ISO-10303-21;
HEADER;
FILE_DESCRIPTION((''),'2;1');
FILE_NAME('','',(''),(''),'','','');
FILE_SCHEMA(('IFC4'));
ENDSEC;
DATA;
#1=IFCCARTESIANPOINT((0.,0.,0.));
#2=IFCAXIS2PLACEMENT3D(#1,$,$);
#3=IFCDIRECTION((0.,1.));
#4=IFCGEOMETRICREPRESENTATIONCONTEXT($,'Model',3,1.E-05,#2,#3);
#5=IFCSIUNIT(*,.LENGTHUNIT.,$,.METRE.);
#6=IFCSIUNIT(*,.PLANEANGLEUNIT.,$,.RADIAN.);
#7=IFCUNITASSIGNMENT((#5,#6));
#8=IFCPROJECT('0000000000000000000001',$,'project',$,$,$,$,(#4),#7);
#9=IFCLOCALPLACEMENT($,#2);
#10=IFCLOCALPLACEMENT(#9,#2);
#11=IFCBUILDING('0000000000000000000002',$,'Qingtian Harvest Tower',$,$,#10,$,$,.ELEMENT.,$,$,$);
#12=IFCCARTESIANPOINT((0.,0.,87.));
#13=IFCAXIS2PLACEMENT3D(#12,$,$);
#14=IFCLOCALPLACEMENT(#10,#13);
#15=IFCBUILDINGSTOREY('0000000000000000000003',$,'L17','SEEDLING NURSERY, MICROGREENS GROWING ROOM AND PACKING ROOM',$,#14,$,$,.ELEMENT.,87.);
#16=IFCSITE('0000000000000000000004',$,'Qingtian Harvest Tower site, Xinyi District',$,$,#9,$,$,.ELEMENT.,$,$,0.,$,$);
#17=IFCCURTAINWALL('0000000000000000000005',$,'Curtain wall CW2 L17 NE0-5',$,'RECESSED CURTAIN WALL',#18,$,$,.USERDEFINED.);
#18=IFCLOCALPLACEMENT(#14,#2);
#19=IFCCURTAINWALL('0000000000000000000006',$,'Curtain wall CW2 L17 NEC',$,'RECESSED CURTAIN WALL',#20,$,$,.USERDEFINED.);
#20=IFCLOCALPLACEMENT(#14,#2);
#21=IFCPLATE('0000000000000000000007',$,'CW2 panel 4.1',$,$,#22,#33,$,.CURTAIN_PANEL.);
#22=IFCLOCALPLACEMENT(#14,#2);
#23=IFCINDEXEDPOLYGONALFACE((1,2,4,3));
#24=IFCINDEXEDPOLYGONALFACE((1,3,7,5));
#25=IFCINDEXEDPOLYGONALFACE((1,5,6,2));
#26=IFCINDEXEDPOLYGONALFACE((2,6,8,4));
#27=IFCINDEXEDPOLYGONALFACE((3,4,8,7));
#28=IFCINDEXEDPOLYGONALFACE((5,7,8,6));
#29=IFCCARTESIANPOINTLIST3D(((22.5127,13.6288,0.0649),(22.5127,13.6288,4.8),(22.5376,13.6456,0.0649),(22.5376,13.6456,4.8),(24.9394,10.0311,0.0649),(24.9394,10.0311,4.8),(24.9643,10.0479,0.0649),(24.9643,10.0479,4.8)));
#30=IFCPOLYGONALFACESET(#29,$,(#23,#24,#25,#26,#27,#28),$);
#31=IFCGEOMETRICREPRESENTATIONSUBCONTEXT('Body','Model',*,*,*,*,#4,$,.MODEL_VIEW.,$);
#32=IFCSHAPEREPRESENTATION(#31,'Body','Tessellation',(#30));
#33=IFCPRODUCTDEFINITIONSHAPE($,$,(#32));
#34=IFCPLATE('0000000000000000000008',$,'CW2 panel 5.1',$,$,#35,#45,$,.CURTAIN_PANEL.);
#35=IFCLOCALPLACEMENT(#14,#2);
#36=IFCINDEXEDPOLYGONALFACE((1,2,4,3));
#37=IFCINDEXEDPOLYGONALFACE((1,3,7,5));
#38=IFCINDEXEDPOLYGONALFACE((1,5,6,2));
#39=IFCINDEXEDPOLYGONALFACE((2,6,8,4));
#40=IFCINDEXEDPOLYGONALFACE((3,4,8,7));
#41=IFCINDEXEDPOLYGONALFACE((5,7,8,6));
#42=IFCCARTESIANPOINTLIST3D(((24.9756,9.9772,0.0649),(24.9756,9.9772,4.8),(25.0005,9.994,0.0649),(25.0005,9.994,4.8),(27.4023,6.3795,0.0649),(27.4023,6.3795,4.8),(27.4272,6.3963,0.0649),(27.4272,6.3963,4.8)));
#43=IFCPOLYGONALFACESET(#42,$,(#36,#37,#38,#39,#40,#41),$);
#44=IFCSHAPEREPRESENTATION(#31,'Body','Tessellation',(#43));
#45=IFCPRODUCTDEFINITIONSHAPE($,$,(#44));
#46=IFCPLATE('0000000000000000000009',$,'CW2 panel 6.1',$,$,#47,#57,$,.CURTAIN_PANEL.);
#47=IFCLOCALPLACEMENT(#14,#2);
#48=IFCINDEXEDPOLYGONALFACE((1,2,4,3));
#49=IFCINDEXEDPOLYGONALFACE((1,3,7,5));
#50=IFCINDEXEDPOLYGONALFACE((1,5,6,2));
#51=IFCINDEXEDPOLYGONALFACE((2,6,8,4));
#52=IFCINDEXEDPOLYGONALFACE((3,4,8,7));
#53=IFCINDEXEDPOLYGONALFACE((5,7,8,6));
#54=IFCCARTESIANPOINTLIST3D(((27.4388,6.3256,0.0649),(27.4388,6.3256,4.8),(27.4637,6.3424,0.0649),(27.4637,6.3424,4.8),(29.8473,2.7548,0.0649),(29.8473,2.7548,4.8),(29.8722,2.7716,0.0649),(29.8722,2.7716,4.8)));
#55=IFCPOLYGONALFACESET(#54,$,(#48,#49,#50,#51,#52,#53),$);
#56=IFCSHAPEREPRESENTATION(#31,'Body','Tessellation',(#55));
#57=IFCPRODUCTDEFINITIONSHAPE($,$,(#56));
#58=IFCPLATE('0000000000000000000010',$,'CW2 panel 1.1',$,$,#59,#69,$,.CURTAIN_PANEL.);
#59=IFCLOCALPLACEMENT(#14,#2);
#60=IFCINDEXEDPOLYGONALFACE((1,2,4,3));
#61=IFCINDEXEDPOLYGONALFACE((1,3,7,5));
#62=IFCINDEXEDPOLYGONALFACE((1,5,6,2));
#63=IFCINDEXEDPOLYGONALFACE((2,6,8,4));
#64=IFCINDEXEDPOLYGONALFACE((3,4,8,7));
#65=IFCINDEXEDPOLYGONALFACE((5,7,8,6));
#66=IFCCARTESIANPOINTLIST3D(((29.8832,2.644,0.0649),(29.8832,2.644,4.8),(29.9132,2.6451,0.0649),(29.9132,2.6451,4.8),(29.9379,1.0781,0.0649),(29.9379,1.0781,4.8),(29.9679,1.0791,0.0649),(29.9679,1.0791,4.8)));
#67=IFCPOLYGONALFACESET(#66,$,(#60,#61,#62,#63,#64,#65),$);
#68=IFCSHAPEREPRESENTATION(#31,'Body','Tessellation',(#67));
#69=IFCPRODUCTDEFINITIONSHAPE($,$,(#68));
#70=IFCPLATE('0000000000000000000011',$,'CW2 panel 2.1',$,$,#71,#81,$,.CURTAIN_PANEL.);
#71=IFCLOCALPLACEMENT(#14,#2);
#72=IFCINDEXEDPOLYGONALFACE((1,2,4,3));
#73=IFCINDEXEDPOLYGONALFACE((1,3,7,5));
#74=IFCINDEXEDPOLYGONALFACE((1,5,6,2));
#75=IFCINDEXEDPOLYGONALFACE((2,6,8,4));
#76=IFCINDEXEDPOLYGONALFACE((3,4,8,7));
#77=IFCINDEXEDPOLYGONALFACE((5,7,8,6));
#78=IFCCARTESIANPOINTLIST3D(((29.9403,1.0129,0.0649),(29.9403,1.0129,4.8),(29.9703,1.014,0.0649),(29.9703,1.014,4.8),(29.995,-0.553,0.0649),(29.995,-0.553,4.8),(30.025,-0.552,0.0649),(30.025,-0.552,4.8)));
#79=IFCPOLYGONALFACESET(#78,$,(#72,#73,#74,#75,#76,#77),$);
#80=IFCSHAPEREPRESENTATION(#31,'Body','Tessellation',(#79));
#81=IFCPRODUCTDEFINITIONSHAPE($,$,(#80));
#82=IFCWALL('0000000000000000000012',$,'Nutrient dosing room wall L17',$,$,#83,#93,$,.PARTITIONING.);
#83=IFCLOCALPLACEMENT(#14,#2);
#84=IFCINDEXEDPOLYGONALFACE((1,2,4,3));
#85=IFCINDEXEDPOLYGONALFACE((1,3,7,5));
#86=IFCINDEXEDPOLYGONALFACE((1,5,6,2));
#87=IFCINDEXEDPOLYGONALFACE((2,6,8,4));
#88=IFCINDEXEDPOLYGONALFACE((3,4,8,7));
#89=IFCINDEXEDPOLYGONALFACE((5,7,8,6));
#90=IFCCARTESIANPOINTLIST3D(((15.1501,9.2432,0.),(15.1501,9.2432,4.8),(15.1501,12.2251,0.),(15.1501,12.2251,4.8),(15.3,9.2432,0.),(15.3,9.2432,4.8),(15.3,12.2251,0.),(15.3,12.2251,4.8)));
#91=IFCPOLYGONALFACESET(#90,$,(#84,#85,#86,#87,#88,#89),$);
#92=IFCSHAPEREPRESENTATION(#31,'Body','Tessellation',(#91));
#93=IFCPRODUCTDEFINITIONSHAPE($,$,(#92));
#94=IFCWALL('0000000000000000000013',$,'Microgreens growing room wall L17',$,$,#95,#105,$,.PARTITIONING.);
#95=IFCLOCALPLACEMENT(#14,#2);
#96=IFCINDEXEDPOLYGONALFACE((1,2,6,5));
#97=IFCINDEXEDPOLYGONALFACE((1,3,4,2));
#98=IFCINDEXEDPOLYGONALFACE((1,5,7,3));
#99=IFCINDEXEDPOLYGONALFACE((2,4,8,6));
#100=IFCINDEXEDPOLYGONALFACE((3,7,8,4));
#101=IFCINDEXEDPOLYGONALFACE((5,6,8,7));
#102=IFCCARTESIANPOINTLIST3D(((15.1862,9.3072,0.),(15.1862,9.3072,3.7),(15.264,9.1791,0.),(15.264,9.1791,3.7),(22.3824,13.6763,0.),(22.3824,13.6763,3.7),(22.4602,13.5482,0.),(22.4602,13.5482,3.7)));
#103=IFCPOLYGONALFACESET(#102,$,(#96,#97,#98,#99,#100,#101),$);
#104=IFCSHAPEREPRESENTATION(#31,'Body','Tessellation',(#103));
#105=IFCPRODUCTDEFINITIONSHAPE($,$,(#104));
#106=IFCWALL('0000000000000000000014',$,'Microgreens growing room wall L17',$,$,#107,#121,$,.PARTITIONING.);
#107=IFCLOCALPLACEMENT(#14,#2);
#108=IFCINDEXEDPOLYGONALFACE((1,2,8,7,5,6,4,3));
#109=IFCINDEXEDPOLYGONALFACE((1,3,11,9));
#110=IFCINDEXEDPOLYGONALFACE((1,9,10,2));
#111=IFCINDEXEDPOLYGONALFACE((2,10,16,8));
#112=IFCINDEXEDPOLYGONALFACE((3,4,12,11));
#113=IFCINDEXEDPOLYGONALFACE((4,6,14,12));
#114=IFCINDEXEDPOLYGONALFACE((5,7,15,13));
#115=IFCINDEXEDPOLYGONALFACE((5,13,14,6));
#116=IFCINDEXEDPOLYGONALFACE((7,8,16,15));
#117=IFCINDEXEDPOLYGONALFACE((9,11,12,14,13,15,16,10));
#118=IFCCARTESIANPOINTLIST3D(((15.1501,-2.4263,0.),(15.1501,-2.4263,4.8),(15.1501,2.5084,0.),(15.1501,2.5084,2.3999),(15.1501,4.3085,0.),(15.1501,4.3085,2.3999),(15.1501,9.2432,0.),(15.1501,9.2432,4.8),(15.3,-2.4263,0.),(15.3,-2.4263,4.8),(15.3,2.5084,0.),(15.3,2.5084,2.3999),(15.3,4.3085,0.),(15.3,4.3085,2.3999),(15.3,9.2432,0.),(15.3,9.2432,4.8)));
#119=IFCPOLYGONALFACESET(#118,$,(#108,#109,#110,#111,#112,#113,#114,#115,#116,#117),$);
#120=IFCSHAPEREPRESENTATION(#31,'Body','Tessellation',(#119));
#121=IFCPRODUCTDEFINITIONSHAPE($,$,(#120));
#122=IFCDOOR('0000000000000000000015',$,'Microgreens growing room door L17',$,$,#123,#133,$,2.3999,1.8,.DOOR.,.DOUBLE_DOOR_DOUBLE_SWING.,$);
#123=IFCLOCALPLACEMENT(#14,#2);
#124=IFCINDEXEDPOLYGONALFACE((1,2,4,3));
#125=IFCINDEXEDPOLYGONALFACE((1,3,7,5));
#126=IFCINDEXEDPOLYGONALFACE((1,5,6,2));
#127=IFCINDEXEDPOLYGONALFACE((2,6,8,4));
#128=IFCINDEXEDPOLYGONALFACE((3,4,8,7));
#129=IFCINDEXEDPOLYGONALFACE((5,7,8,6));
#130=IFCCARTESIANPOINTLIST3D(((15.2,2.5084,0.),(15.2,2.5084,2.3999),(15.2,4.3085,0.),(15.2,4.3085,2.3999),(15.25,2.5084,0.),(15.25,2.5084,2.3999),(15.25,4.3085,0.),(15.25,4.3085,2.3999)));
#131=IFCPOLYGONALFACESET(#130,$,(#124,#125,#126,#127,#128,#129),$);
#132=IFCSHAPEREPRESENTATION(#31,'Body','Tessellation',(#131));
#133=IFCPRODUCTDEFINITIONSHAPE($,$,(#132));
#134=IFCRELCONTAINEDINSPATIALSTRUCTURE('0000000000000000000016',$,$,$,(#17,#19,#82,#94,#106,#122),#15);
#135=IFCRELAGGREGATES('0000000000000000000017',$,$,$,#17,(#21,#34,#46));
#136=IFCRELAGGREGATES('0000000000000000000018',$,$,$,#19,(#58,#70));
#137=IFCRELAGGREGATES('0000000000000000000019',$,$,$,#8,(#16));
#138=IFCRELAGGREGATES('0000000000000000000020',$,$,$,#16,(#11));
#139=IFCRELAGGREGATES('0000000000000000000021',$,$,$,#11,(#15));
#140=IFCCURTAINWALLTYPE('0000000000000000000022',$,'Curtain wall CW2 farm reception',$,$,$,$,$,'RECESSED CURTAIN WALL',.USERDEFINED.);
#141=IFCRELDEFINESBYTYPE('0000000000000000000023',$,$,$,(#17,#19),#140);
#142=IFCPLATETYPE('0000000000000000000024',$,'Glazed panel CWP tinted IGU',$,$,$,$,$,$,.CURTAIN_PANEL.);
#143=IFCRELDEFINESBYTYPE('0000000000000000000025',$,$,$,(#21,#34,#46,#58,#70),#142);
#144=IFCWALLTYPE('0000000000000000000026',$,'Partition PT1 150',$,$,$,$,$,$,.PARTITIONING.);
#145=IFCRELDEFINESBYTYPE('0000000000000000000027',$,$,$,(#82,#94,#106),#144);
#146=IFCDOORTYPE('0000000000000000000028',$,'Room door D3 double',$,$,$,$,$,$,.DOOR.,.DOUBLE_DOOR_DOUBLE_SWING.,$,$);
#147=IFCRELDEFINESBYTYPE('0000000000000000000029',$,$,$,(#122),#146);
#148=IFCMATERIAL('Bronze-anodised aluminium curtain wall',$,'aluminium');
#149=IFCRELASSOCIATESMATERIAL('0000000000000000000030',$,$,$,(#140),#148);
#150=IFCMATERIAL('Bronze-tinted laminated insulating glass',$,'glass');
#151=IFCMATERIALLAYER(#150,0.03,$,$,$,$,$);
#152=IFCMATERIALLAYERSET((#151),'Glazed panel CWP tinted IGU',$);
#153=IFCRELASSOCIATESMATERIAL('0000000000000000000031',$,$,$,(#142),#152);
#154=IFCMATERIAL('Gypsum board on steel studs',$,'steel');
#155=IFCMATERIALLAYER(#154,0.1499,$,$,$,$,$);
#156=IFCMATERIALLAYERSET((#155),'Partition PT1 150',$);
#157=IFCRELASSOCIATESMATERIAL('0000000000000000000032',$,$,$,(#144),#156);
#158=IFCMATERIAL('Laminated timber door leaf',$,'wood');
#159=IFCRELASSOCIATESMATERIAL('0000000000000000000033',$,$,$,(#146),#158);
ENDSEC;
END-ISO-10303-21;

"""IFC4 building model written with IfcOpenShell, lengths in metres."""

from ifc_helpers import new_model, si_unit, direction, frame, frame_2d, origin, origin_2d, place, context, subcontext, project, spatial, rectangle, extrude, material, layer, layer_set, type_object, element, fill, aggregate, save


model = new_model("IFC4")

# Units and contexts
model_context = context("Model", 3, precision=1e-05, world=origin(), true_north=direction((0.0, 1.0)))
body_context = subcontext(model_context, "Body", "Model", "MODEL_VIEW")
ifc_project = project(units=[si_unit("LENGTHUNIT", "METRE"), si_unit("PLANEANGLEUNIT", "RADIAN")], contexts=[model_context])

# Site, building, storey
site_placement = place(None, origin())
site = spatial("IfcSite", under=ifc_project, at=site_placement, Name="Qingtian Harvest Tower site, Xinyi District", CompositionType="ELEMENT", RefElevation=0.0)
building_placement = place(site_placement, origin())
building = spatial("IfcBuilding", under=site, at=building_placement, Name="Qingtian Harvest Tower", CompositionType="ELEMENT")
storey_placement = place(building_placement, frame((0.0, 0.0, 87.0)))
storey = spatial("IfcBuildingStorey", under=building, at=storey_placement, Name="L17", Description="SEEDLING NURSERY, MICROGREENS GROWING ROOM AND PACKING ROOM", CompositionType="ELEMENT", Elevation=87.0)

# Curtain walls
ifc_material_1 = material(Name="Bronze-anodised aluminium curtain wall", Category="aluminium")
curtain_wall_type = type_object("IfcCurtainWallType", Name="Curtain wall CW2 farm reception", ElementType="RECESSED CURTAIN WALL", PredefinedType="USERDEFINED", material=ifc_material_1)
curtain_wall_1_placement = place(storey_placement, origin())
curtain_wall_1 = element("IfcCurtainWall", 1, at=curtain_wall_1_placement, inside=storey, type_object=curtain_wall_type, Name="Curtain wall CW2 L17 NE0-5", ObjectType="RECESSED CURTAIN WALL", PredefinedType="USERDEFINED")
curtain_wall_2_placement = place(storey_placement, origin())
curtain_wall_2 = element("IfcCurtainWall", 2, at=curtain_wall_2_placement, inside=storey, type_object=curtain_wall_type, Name="Curtain wall CW2 L17 NEC", ObjectType="RECESSED CURTAIN WALL", PredefinedType="USERDEFINED")

# Plates
ifc_material_2 = material(Name="Bronze-tinted laminated insulating glass", Category="glass")
ifc_layer_1 = layer(ifc_material_2, 0.03)
ifc_layer_set_1 = layer_set([ifc_layer_1], Name="Glazed panel CWP tinted IGU")
plate_type = type_object("IfcPlateType", Name="Glazed panel CWP tinted IGU", PredefinedType="CURTAIN_PANEL", material=ifc_layer_set_1)
plate_1_placement = place(storey_placement, frame((23.7385, 11.8384, 0.0649), z_axis=(0.0, 0.0, 1.0), x_axis=(0.559193, -0.829038, 0.0)))
plate_1 = element("IfcPlate", 3, at=plate_1_placement, type_object=plate_type, Name="CW2 panel 4.1", PredefinedType="CURTAIN_PANEL", context=body_context, shape_type="SweptSolid", body=[
    extrude(rectangle(XDim=4.3396, YDim=0.03, at=origin_2d()), origin(), (0.0, 0.0, 1.0), 4.7351),
])
plate_2_placement = place(storey_placement, frame((26.2014, 8.1868, 0.0649), z_axis=(0.0, 0.0, 1.0), x_axis=(0.559193, -0.829038, 0.0)))
plate_2 = element("IfcPlate", 4, at=plate_2_placement, type_object=plate_type, Name="CW2 panel 5.1", PredefinedType="CURTAIN_PANEL", context=body_context, shape_type="SweptSolid", body=[
    extrude(rectangle(XDim=4.3396, YDim=0.03, at=origin_2d()), origin(), (0.0, 0.0, 1.0), 4.7351),
])
plate_3_placement = place(storey_placement, frame((28.6555, 4.5486, 0.0649), z_axis=(0.0, 0.0, 1.0), x_axis=(0.559193, -0.829038, 0.0)))
plate_3 = element("IfcPlate", 5, at=plate_3_placement, type_object=plate_type, Name="CW2 panel 6.1", PredefinedType="CURTAIN_PANEL", context=body_context, shape_type="SweptSolid", body=[
    extrude(rectangle(XDim=4.3071, YDim=0.03, at=origin_2d()), origin(), (0.0, 0.0, 1.0), 4.7351),
])
aggregate(curtain_wall_1, [plate_1, plate_2, plate_3])
plate_4_placement = place(storey_placement, frame((29.9255, 1.8616, 0.0649), z_axis=(0.0, 0.0, 1.0), x_axis=(0.034899, -0.999391, 0.0)))
plate_4 = element("IfcPlate", 6, at=plate_4_placement, type_object=plate_type, Name="CW2 panel 1.1", PredefinedType="CURTAIN_PANEL", context=body_context, shape_type="SweptSolid", body=[
    extrude(rectangle(XDim=1.5669, YDim=0.03, at=origin_2d()), origin(), (0.0, 0.0, 1.0), 4.7351),
])
plate_5_placement = place(storey_placement, frame((29.9827, 0.2305, 0.0649), z_axis=(0.0, 0.0, 1.0), x_axis=(0.034899, -0.999391, 0.0)))
plate_5 = element("IfcPlate", 7, at=plate_5_placement, type_object=plate_type, Name="CW2 panel 2.1", PredefinedType="CURTAIN_PANEL", context=body_context, shape_type="SweptSolid", body=[
    extrude(rectangle(XDim=1.5669, YDim=0.03, at=origin_2d()), origin(), (0.0, 0.0, 1.0), 4.7351),
])
aggregate(curtain_wall_2, [plate_4, plate_5])

# Walls
ifc_material_3 = material(Name="Gypsum board on steel studs", Category="steel")
ifc_layer_2 = layer(ifc_material_3, 0.1499)
ifc_layer_set_2 = layer_set([ifc_layer_2], Name="Partition PT1 150")
wall_type = type_object("IfcWallType", Name="Partition PT1 150", PredefinedType="PARTITIONING", material=ifc_layer_set_2)
wall_1_placement = place(storey_placement, frame((15.2251, 12.2251, 0.0), z_axis=(0.0, 0.0, 1.0), x_axis=(0.0, -1.0, 0.0)))
element("IfcWall", 8, at=wall_1_placement, inside=storey, type_object=wall_type, Name="Nutrient dosing room wall L17", PredefinedType="PARTITIONING", context=body_context, shape_type="SweptSolid", body=[
    extrude(rectangle(XDim=2.9819, YDim=0.1499, at=frame_2d((1.491, 0.0))), origin(), (0.0, 0.0, 1.0), 4.8),
])
wall_2_placement = place(storey_placement, frame((22.4214, 13.6123, 0.0), z_axis=(0.0, 0.0, 1.0), x_axis=(-0.854789, -0.518975, 0.0)))
element("IfcWall", 9, at=wall_2_placement, inside=storey, type_object=wall_type, Name="Microgreens growing room wall L17", PredefinedType="PARTITIONING", context=body_context, shape_type="SweptSolid", body=[
    extrude(rectangle(XDim=8.4187, YDim=0.1499, at=frame_2d((4.2095, 0.0))), origin(), (0.0, 0.0, 1.0), 3.7),
])

# Wall, opening, door
wall_3_placement = place(storey_placement, frame((15.2251, 9.2432, 0.0), z_axis=(0.0, 0.0, 1.0), x_axis=(0.0, -1.0, 0.0)))
wall_3 = element("IfcWall", 10, at=wall_3_placement, inside=storey, type_object=wall_type, Name="Microgreens growing room wall L17", PredefinedType="PARTITIONING", context=body_context, shape_type="SweptSolid", body=[
    extrude(rectangle(XDim=11.6694, YDim=0.1499, at=frame_2d((5.8347, 0.0))), origin(), (0.0, 0.0, 1.0), 4.8),
])
opening_placement = place(wall_3_placement, frame((4.9348, 0.0, 0.0)))
opening = element("IfcOpeningElement", 11, at=opening_placement, cuts=wall_3, PredefinedType="OPENING", context=body_context, shape_type="SweptSolid", body=[
    extrude(rectangle(XDim=1.8, YDim=2.3999, at=frame_2d((0.8999, 1.2))), frame((0.0, 0.085, 0.0), z_axis=(0.0, -1.0, 0.0), x_axis=(1.0, 0.0, 0.0)), (0.0, 0.0, 1.0), 0.1699),
])
ifc_material_4 = material(Name="Laminated timber door leaf", Category="wood")
door_type = type_object("IfcDoorType", Name="Room door D3 double", OperationType="DOUBLE_DOOR_DOUBLE_SWING", PredefinedType="DOOR", material=ifc_material_4)
door_placement = place(opening_placement, origin())
door = element("IfcDoor", 12, at=door_placement, inside=storey, type_object=door_type, Name="Microgreens growing room door L17", OperationType="DOUBLE_DOOR_DOUBLE_SWING", OverallHeight=2.3999, OverallWidth=1.8, PredefinedType="DOOR", context=body_context, shape_type="SweptSolid", body=[
    extrude(rectangle(XDim=1.8, YDim=2.3999, at=frame_2d((0.8999, 1.2))), frame((0.0, 0.0249, 0.0), z_axis=(0.0, -1.0, 0.0), x_axis=(1.0, 0.0, 0.0)), (0.0, 0.0, 1.0), 0.05),
])
fill(opening, door)

save(model, "model.ifc")
